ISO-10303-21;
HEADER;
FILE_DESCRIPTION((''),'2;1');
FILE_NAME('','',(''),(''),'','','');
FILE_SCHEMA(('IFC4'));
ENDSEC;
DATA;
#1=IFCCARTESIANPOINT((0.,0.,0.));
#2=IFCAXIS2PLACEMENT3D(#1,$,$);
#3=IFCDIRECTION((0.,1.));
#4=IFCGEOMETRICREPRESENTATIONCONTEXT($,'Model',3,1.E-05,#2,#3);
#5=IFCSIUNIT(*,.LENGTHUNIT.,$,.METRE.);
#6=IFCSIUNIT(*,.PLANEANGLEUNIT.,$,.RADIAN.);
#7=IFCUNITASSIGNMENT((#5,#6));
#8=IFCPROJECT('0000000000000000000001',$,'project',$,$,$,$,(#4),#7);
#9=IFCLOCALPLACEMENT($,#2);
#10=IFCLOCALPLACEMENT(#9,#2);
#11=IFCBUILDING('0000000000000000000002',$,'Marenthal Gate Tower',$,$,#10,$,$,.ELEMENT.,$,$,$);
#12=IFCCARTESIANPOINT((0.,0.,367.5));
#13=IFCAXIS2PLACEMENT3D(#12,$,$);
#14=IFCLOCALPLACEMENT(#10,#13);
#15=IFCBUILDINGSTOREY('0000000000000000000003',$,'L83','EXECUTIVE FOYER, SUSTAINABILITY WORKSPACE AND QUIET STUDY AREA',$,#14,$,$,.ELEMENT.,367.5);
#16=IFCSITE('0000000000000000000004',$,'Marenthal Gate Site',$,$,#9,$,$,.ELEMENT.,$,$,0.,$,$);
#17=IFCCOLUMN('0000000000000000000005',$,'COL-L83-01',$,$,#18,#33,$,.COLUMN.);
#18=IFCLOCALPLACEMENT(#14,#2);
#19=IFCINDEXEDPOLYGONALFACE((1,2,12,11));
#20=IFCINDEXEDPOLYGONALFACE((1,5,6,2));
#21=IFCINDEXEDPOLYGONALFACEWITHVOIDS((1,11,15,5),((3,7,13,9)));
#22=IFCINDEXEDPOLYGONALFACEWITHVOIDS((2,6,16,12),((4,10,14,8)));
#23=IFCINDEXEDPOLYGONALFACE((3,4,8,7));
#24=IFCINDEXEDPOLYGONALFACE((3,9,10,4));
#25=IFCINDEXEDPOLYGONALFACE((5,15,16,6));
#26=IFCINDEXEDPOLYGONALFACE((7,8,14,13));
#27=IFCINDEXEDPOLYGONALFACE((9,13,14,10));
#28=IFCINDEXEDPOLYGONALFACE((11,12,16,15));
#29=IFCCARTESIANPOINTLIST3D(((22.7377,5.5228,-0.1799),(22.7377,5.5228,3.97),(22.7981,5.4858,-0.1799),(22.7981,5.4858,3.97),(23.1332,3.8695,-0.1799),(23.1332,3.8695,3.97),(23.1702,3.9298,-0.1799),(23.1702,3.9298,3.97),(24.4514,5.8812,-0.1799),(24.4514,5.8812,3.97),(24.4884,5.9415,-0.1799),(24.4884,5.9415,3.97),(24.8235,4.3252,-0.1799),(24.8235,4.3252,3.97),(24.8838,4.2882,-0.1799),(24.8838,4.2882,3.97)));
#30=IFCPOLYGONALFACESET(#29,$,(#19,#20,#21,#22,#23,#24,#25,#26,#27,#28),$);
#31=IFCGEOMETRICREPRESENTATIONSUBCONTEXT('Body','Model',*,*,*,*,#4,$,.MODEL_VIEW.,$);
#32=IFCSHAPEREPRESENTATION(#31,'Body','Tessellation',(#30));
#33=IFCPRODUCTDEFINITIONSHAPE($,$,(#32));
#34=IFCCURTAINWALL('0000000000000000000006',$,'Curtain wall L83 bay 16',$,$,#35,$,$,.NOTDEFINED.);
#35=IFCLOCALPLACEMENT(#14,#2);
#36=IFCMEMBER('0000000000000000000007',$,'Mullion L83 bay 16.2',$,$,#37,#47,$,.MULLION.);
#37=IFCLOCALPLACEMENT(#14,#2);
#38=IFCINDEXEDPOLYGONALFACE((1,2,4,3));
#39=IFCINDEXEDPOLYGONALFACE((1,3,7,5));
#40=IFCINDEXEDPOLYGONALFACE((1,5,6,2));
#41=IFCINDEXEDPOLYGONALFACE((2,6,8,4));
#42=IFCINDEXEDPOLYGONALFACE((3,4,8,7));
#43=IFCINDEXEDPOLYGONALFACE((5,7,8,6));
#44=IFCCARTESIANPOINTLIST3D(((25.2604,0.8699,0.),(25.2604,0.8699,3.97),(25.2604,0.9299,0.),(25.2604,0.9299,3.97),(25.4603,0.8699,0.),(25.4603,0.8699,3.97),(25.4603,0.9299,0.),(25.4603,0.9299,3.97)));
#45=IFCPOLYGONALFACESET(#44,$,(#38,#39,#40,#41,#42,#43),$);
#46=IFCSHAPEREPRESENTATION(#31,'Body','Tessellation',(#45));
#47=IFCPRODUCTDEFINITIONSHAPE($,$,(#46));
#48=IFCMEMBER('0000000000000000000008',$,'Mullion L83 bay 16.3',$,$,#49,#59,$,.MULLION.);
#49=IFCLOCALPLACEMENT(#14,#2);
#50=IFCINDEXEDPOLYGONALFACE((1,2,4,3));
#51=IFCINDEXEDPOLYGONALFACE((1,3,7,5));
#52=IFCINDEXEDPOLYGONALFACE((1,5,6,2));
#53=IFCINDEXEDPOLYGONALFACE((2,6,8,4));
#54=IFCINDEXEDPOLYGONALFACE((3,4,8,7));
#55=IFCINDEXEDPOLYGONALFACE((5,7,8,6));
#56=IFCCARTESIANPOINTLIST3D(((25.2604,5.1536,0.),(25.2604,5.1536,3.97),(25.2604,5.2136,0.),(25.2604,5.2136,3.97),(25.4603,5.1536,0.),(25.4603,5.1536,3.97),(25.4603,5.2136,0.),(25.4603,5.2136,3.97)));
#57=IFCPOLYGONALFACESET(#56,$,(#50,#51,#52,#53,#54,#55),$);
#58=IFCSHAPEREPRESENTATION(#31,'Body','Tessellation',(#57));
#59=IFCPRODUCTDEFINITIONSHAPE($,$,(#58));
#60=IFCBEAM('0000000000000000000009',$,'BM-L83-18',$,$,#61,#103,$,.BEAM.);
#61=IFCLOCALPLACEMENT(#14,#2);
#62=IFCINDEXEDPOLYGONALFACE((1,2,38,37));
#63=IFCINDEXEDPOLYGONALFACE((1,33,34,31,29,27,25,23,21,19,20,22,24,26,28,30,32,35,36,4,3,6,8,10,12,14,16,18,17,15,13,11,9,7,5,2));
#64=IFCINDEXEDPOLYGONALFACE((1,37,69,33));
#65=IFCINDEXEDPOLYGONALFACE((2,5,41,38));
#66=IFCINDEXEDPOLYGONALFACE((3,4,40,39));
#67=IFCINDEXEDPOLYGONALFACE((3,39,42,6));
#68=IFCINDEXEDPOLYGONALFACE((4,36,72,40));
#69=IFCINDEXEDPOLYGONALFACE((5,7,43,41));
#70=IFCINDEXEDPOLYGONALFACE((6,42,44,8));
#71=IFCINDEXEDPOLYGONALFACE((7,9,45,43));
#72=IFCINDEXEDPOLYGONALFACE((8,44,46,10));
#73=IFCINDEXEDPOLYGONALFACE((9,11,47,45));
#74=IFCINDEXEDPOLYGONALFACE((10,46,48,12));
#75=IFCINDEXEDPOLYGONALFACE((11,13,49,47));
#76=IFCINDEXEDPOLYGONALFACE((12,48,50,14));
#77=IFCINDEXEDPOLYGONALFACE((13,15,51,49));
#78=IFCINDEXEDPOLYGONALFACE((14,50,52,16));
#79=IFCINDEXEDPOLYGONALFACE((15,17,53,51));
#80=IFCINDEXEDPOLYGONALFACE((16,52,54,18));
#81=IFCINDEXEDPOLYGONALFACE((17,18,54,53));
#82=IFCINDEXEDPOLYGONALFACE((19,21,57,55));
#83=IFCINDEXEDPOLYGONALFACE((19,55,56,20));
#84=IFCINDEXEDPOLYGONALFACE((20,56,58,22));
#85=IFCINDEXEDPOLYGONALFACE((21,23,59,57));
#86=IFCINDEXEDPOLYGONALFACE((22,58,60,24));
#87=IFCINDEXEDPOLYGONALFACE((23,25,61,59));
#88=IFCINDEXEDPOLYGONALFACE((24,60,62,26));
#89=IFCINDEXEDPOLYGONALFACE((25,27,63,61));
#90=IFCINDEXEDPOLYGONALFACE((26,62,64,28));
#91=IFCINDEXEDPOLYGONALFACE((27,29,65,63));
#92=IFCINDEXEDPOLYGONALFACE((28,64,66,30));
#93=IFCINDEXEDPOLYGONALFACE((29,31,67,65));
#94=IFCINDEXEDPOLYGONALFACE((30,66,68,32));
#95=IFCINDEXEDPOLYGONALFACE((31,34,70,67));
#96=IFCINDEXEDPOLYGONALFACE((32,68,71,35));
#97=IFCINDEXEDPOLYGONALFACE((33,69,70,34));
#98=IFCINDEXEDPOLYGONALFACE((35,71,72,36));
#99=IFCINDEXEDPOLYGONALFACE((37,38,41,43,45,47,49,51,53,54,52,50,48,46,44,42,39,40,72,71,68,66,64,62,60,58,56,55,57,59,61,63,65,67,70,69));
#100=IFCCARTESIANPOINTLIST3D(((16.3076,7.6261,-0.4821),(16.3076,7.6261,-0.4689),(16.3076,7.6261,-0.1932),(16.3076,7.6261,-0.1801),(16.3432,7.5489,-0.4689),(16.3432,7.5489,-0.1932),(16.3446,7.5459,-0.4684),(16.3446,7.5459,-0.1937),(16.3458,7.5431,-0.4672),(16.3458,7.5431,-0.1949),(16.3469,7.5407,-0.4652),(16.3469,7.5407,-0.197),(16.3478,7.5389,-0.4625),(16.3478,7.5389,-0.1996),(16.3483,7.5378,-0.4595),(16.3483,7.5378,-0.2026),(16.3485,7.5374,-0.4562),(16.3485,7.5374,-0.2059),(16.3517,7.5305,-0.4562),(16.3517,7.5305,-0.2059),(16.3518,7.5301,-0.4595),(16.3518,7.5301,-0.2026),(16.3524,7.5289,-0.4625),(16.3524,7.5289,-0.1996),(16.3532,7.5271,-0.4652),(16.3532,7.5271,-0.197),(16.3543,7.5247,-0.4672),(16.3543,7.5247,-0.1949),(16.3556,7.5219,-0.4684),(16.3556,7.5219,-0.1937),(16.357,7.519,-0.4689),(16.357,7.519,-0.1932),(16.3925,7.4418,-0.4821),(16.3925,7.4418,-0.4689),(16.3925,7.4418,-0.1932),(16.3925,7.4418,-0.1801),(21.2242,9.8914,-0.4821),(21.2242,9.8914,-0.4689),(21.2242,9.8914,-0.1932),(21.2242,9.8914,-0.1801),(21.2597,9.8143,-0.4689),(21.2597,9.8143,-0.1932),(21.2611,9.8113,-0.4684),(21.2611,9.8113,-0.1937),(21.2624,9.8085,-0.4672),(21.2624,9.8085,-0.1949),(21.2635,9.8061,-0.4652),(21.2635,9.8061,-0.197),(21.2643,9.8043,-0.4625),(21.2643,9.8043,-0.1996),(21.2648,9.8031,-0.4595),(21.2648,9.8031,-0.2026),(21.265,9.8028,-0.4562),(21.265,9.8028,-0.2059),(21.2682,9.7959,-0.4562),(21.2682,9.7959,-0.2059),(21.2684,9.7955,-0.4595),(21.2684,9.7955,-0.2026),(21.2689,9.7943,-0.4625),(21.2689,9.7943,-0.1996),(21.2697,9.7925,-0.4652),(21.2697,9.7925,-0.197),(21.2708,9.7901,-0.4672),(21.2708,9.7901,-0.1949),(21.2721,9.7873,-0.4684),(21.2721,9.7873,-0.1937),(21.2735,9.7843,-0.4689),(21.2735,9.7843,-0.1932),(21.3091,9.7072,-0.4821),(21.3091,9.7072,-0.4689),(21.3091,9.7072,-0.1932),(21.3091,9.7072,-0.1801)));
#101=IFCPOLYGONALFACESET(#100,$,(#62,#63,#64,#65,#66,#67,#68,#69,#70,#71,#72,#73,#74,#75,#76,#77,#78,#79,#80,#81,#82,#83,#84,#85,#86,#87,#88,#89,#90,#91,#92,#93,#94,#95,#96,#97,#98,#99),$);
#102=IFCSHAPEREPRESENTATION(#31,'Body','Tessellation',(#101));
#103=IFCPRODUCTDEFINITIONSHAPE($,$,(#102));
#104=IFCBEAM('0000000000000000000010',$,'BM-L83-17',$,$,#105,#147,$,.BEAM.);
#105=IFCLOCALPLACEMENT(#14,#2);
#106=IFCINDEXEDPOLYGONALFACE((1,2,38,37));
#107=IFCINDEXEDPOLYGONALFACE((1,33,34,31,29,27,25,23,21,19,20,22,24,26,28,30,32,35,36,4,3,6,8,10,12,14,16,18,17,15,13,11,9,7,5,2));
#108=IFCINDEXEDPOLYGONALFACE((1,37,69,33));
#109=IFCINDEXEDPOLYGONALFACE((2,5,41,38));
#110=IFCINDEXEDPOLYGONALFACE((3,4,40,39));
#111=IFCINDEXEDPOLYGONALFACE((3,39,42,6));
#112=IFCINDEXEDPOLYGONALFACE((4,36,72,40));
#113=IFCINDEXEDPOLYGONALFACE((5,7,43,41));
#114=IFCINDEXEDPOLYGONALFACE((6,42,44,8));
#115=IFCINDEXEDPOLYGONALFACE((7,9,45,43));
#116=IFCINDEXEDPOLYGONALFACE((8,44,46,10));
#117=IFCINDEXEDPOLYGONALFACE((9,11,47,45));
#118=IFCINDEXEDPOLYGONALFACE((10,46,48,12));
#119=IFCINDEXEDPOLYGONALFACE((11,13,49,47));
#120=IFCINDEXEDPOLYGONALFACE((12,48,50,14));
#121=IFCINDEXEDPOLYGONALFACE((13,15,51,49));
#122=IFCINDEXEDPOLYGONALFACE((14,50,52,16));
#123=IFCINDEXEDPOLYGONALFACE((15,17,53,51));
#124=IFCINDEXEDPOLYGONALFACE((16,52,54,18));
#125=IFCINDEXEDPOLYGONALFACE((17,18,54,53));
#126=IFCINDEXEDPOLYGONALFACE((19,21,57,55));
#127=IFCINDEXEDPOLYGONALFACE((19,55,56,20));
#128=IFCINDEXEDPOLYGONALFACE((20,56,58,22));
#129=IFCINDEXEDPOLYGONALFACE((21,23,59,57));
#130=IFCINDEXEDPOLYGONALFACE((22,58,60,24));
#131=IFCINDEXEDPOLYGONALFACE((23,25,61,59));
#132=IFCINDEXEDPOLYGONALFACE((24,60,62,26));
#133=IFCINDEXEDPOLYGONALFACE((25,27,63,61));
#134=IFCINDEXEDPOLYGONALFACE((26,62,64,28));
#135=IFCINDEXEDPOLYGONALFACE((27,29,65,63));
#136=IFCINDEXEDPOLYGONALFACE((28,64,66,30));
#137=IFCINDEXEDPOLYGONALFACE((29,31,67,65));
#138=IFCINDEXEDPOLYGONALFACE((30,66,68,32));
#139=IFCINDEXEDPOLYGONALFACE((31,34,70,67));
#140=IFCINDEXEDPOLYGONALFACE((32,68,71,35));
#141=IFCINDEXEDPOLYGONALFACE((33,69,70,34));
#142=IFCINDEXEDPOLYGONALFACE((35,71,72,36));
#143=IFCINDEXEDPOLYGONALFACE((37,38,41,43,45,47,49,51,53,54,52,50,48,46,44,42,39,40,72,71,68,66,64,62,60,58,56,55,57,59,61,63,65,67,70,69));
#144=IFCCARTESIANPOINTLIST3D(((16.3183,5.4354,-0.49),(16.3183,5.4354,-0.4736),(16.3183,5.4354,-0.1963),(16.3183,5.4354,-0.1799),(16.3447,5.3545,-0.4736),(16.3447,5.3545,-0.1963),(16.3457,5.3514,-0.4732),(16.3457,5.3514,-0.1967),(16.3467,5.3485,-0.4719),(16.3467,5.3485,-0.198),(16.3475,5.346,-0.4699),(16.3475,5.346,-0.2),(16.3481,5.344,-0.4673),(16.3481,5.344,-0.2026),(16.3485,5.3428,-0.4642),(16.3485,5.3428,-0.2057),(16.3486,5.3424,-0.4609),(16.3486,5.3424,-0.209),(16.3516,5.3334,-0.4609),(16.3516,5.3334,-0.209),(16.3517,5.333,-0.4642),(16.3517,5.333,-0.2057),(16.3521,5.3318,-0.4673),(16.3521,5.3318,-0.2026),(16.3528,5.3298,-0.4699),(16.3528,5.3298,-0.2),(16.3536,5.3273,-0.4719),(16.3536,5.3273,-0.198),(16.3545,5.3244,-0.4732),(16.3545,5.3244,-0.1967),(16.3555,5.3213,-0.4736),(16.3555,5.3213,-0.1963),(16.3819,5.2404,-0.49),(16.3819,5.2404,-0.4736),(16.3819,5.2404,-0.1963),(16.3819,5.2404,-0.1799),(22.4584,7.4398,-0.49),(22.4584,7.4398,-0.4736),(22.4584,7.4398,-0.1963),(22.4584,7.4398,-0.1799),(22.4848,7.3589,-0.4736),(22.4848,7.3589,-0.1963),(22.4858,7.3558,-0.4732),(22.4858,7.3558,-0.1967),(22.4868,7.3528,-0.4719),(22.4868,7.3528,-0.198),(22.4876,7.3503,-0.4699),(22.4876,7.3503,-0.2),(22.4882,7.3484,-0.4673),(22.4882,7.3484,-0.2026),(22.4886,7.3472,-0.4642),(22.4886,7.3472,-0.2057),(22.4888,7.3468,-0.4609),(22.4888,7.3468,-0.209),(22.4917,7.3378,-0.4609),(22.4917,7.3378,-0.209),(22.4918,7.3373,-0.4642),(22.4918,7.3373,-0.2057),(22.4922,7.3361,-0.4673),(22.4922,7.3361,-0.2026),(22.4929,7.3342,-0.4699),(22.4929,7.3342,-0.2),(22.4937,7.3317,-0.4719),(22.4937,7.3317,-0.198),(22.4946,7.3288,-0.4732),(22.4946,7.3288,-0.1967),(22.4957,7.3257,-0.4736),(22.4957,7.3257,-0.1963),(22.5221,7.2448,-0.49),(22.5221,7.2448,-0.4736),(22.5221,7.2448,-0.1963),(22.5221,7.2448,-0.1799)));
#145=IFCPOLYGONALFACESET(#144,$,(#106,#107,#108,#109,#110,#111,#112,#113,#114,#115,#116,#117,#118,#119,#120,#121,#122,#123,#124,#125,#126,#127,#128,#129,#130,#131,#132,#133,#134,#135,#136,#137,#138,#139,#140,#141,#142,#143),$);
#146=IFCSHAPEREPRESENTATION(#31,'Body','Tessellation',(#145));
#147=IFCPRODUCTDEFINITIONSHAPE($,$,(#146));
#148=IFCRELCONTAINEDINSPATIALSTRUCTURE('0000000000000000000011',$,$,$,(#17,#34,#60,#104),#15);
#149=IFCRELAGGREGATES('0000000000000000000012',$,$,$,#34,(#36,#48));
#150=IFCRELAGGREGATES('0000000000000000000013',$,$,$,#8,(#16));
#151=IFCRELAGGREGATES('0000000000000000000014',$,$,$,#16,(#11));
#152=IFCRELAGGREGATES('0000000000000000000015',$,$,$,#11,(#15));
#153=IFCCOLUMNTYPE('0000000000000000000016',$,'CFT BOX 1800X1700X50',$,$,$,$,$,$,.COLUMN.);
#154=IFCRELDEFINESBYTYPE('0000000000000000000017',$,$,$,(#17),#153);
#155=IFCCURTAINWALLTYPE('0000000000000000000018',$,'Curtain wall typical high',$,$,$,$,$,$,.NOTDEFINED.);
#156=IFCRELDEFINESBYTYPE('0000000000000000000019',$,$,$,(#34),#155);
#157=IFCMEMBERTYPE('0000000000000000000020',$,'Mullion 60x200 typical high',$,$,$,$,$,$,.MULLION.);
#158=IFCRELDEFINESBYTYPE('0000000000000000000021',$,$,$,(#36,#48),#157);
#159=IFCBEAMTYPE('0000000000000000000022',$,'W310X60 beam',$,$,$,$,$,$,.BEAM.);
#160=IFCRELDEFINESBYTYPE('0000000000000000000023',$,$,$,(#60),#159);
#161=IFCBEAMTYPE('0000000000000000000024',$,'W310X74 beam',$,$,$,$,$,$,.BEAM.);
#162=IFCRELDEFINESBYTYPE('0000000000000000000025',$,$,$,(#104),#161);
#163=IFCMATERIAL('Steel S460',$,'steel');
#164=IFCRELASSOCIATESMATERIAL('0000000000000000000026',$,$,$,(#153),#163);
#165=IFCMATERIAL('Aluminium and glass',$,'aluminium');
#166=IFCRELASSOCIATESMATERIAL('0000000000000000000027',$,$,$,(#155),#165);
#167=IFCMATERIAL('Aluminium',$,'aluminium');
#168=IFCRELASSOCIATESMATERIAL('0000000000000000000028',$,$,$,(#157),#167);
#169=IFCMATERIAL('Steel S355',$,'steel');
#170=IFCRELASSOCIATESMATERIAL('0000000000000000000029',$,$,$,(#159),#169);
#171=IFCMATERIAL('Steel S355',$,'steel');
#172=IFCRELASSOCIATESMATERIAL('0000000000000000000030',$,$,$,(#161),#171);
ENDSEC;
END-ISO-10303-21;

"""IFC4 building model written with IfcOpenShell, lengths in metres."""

from ifc_helpers import new_model, si_unit, direction, frame, origin, origin_2d, place, context, subcontext, project, spatial, rectangle, hollow_rectangle, i_section, extrude, material, material_profile, profile_set, type_object, element, aggregate, save


model = new_model("IFC4")

# Units and contexts
model_context = context("Model", 3, precision=1e-05, world=origin(), true_north=direction((0.0, 1.0)))
body_context = subcontext(model_context, "Body", "Model", "MODEL_VIEW")
ifc_project = project(units=[si_unit("LENGTHUNIT", "METRE"), si_unit("PLANEANGLEUNIT", "RADIAN")], contexts=[model_context])

# Site, building, storey
site_placement = place(None, origin())
site = spatial("IfcSite", under=ifc_project, at=site_placement, Name="Marenthal Gate Site", CompositionType="ELEMENT", RefElevation=0.0)
building_placement = place(site_placement, origin())
building = spatial("IfcBuilding", under=site, at=building_placement, Name="Marenthal Gate Tower", CompositionType="ELEMENT")
storey_placement = place(building_placement, frame((0.0, 0.0, 367.5)))
storey = spatial("IfcBuildingStorey", under=building, at=storey_placement, Name="L83", Description="EXECUTIVE FOYER, SUSTAINABILITY WORKSPACE AND QUIET STUDY AREA", CompositionType="ELEMENT", Elevation=367.5)

# Column
ifc_material_1 = material(Name="Steel S460", Category="steel")
ifc_material_profile_1 = material_profile(ifc_material_1, hollow_rectangle(XDim=1.7, YDim=1.8, WallThickness=0.05, at=origin_2d()), Name="CFT BOX 1800X1700X50")
ifc_material_2 = material(Name="Concrete 70 MPa", Category="concrete")
ifc_material_profile_2 = material_profile(ifc_material_2, rectangle(XDim=1.6001, YDim=1.7, at=origin_2d()), Name="CFT BOX 1800X1700X50 INFILL")
ifc_profile_set_1 = profile_set([ifc_material_profile_1, ifc_material_profile_2], Name="Steel S460 shell, Concrete 70 MPa infill")
column_type = type_object("IfcColumnType", Name="CFT BOX 1800X1700X50", PredefinedType="COLUMN", material=ifc_profile_set_1)
column_placement = place(storey_placement, frame((23.8108, 4.9055, -0.1799), z_axis=(0.0, 0.0, 1.0), x_axis=(0.232598, -0.972573, 0.0)))
element("IfcColumn", 1, at=column_placement, inside=storey, type_object=column_type, Name="COL-L83-01", PredefinedType="COLUMN", context=body_context, shape_type="SweptSolid", body=[
    extrude(hollow_rectangle(XDim=1.7, YDim=1.8, WallThickness=0.05, at=origin_2d()), origin(), (0.0, 0.0, 1.0), 4.1499),
])

# Curtain wall, members
ifc_material_3 = material(Name="Aluminium and glass", Category="aluminium")
curtain_wall_type = type_object("IfcCurtainWallType", Name="Curtain wall typical high", PredefinedType="NOTDEFINED", material=ifc_material_3)
curtain_wall_placement = place(storey_placement, origin())
curtain_wall = element("IfcCurtainWall", 2, at=curtain_wall_placement, inside=storey, type_object=curtain_wall_type, Name="Curtain wall L83 bay 16", PredefinedType="NOTDEFINED")
ifc_material_4 = material(Name="Aluminium", Category="aluminium")
ifc_material_profile_3 = material_profile(ifc_material_4, rectangle(XDim=0.2, YDim=0.0601, at=origin_2d()), Name="60x200 aluminium mullion")
ifc_profile_set_2 = profile_set([ifc_material_profile_3], Name="Aluminium")
member_type = type_object("IfcMemberType", Name="Mullion 60x200 typical high", PredefinedType="MULLION", material=ifc_profile_set_2)
member_1_placement = place(storey_placement, frame((25.3604, 0.8999, 0.0), z_axis=(0.0, 0.0, 1.0), x_axis=(-1.0, 0.0, 0.0)))
member_1 = element("IfcMember", 3, at=member_1_placement, type_object=member_type, Name="Mullion L83 bay 16.2", PredefinedType="MULLION", context=body_context, shape_type="SweptSolid", body=[
    extrude(rectangle(XDim=0.2, YDim=0.0601, at=origin_2d()), origin(), (0.0, 0.0, 1.0), 3.97),
])
member_2_placement = place(storey_placement, frame((25.3604, 5.1836, 0.0), z_axis=(0.0, 0.0, 1.0), x_axis=(-1.0, 0.0, 0.0)))
member_2 = element("IfcMember", 4, at=member_2_placement, type_object=member_type, Name="Mullion L83 bay 16.3", PredefinedType="MULLION", context=body_context, shape_type="SweptSolid", body=[
    extrude(rectangle(XDim=0.2, YDim=0.0601, at=origin_2d()), origin(), (0.0, 0.0, 1.0), 3.97),
])

# Beams
ifc_material_5 = material(Name="Steel S355", Category="steel")
ifc_material_profile_4 = material_profile(ifc_material_5, i_section(OverallWidth=0.2029, OverallDepth=0.302, WebThickness=0.0076, FlangeThickness=0.0132, FilletRadius=0.0127, at=origin_2d()), Name="W310X60")
ifc_profile_set_3 = profile_set([ifc_material_profile_4], Name="Steel S355")
beam_type_1 = type_object("IfcBeamType", Name="W310X60 beam", PredefinedType="BEAM", material=ifc_profile_set_3)
beam_1_placement = place(storey_placement, frame((21.2666, 9.7993, -0.3311), z_axis=(-0.908225, -0.418483, 0.0), x_axis=(0.418483, -0.908225, 0.0)))
element("IfcBeam", 5, at=beam_1_placement, inside=storey, type_object=beam_type_1, Name="BM-L83-18", PredefinedType="BEAM", context=body_context, shape_type="SweptSolid", body=[
    extrude(i_section(OverallWidth=0.2029, OverallDepth=0.302, WebThickness=0.0076, FlangeThickness=0.0132, FilletRadius=0.0127, at=origin_2d()), origin(), (0.0, 0.0, 1.0), 5.4133),
])
ifc_material_6 = material(Name="Steel S355", Category="steel")
ifc_material_profile_5 = material_profile(ifc_material_6, i_section(OverallWidth=0.2051, OverallDepth=0.3101, WebThickness=0.0095, FlangeThickness=0.0164, FilletRadius=0.0127, at=origin_2d()), Name="W310X74")
ifc_profile_set_4 = profile_set([ifc_material_profile_5], Name="Steel S355")
beam_type_2 = type_object("IfcBeamType", Name="W310X74 beam", PredefinedType="BEAM", material=ifc_profile_set_4)
beam_2_placement = place(storey_placement, frame((22.4902, 7.3423, -0.335), z_axis=(-0.95063, -0.310325, 0.0), x_axis=(0.310325, -0.95063, 0.0)))
element("IfcBeam", 6, at=beam_2_placement, inside=storey, type_object=beam_type_2, Name="BM-L83-17", PredefinedType="BEAM", context=body_context, shape_type="SweptSolid", body=[
    extrude(i_section(OverallWidth=0.2051, OverallDepth=0.3101, WebThickness=0.0095, FlangeThickness=0.0164, FilletRadius=0.0127, at=origin_2d()), origin(), (0.0, 0.0, 1.0), 6.459),
])

aggregate(curtain_wall, [member_1, member_2])

save(model, "model.ifc")
